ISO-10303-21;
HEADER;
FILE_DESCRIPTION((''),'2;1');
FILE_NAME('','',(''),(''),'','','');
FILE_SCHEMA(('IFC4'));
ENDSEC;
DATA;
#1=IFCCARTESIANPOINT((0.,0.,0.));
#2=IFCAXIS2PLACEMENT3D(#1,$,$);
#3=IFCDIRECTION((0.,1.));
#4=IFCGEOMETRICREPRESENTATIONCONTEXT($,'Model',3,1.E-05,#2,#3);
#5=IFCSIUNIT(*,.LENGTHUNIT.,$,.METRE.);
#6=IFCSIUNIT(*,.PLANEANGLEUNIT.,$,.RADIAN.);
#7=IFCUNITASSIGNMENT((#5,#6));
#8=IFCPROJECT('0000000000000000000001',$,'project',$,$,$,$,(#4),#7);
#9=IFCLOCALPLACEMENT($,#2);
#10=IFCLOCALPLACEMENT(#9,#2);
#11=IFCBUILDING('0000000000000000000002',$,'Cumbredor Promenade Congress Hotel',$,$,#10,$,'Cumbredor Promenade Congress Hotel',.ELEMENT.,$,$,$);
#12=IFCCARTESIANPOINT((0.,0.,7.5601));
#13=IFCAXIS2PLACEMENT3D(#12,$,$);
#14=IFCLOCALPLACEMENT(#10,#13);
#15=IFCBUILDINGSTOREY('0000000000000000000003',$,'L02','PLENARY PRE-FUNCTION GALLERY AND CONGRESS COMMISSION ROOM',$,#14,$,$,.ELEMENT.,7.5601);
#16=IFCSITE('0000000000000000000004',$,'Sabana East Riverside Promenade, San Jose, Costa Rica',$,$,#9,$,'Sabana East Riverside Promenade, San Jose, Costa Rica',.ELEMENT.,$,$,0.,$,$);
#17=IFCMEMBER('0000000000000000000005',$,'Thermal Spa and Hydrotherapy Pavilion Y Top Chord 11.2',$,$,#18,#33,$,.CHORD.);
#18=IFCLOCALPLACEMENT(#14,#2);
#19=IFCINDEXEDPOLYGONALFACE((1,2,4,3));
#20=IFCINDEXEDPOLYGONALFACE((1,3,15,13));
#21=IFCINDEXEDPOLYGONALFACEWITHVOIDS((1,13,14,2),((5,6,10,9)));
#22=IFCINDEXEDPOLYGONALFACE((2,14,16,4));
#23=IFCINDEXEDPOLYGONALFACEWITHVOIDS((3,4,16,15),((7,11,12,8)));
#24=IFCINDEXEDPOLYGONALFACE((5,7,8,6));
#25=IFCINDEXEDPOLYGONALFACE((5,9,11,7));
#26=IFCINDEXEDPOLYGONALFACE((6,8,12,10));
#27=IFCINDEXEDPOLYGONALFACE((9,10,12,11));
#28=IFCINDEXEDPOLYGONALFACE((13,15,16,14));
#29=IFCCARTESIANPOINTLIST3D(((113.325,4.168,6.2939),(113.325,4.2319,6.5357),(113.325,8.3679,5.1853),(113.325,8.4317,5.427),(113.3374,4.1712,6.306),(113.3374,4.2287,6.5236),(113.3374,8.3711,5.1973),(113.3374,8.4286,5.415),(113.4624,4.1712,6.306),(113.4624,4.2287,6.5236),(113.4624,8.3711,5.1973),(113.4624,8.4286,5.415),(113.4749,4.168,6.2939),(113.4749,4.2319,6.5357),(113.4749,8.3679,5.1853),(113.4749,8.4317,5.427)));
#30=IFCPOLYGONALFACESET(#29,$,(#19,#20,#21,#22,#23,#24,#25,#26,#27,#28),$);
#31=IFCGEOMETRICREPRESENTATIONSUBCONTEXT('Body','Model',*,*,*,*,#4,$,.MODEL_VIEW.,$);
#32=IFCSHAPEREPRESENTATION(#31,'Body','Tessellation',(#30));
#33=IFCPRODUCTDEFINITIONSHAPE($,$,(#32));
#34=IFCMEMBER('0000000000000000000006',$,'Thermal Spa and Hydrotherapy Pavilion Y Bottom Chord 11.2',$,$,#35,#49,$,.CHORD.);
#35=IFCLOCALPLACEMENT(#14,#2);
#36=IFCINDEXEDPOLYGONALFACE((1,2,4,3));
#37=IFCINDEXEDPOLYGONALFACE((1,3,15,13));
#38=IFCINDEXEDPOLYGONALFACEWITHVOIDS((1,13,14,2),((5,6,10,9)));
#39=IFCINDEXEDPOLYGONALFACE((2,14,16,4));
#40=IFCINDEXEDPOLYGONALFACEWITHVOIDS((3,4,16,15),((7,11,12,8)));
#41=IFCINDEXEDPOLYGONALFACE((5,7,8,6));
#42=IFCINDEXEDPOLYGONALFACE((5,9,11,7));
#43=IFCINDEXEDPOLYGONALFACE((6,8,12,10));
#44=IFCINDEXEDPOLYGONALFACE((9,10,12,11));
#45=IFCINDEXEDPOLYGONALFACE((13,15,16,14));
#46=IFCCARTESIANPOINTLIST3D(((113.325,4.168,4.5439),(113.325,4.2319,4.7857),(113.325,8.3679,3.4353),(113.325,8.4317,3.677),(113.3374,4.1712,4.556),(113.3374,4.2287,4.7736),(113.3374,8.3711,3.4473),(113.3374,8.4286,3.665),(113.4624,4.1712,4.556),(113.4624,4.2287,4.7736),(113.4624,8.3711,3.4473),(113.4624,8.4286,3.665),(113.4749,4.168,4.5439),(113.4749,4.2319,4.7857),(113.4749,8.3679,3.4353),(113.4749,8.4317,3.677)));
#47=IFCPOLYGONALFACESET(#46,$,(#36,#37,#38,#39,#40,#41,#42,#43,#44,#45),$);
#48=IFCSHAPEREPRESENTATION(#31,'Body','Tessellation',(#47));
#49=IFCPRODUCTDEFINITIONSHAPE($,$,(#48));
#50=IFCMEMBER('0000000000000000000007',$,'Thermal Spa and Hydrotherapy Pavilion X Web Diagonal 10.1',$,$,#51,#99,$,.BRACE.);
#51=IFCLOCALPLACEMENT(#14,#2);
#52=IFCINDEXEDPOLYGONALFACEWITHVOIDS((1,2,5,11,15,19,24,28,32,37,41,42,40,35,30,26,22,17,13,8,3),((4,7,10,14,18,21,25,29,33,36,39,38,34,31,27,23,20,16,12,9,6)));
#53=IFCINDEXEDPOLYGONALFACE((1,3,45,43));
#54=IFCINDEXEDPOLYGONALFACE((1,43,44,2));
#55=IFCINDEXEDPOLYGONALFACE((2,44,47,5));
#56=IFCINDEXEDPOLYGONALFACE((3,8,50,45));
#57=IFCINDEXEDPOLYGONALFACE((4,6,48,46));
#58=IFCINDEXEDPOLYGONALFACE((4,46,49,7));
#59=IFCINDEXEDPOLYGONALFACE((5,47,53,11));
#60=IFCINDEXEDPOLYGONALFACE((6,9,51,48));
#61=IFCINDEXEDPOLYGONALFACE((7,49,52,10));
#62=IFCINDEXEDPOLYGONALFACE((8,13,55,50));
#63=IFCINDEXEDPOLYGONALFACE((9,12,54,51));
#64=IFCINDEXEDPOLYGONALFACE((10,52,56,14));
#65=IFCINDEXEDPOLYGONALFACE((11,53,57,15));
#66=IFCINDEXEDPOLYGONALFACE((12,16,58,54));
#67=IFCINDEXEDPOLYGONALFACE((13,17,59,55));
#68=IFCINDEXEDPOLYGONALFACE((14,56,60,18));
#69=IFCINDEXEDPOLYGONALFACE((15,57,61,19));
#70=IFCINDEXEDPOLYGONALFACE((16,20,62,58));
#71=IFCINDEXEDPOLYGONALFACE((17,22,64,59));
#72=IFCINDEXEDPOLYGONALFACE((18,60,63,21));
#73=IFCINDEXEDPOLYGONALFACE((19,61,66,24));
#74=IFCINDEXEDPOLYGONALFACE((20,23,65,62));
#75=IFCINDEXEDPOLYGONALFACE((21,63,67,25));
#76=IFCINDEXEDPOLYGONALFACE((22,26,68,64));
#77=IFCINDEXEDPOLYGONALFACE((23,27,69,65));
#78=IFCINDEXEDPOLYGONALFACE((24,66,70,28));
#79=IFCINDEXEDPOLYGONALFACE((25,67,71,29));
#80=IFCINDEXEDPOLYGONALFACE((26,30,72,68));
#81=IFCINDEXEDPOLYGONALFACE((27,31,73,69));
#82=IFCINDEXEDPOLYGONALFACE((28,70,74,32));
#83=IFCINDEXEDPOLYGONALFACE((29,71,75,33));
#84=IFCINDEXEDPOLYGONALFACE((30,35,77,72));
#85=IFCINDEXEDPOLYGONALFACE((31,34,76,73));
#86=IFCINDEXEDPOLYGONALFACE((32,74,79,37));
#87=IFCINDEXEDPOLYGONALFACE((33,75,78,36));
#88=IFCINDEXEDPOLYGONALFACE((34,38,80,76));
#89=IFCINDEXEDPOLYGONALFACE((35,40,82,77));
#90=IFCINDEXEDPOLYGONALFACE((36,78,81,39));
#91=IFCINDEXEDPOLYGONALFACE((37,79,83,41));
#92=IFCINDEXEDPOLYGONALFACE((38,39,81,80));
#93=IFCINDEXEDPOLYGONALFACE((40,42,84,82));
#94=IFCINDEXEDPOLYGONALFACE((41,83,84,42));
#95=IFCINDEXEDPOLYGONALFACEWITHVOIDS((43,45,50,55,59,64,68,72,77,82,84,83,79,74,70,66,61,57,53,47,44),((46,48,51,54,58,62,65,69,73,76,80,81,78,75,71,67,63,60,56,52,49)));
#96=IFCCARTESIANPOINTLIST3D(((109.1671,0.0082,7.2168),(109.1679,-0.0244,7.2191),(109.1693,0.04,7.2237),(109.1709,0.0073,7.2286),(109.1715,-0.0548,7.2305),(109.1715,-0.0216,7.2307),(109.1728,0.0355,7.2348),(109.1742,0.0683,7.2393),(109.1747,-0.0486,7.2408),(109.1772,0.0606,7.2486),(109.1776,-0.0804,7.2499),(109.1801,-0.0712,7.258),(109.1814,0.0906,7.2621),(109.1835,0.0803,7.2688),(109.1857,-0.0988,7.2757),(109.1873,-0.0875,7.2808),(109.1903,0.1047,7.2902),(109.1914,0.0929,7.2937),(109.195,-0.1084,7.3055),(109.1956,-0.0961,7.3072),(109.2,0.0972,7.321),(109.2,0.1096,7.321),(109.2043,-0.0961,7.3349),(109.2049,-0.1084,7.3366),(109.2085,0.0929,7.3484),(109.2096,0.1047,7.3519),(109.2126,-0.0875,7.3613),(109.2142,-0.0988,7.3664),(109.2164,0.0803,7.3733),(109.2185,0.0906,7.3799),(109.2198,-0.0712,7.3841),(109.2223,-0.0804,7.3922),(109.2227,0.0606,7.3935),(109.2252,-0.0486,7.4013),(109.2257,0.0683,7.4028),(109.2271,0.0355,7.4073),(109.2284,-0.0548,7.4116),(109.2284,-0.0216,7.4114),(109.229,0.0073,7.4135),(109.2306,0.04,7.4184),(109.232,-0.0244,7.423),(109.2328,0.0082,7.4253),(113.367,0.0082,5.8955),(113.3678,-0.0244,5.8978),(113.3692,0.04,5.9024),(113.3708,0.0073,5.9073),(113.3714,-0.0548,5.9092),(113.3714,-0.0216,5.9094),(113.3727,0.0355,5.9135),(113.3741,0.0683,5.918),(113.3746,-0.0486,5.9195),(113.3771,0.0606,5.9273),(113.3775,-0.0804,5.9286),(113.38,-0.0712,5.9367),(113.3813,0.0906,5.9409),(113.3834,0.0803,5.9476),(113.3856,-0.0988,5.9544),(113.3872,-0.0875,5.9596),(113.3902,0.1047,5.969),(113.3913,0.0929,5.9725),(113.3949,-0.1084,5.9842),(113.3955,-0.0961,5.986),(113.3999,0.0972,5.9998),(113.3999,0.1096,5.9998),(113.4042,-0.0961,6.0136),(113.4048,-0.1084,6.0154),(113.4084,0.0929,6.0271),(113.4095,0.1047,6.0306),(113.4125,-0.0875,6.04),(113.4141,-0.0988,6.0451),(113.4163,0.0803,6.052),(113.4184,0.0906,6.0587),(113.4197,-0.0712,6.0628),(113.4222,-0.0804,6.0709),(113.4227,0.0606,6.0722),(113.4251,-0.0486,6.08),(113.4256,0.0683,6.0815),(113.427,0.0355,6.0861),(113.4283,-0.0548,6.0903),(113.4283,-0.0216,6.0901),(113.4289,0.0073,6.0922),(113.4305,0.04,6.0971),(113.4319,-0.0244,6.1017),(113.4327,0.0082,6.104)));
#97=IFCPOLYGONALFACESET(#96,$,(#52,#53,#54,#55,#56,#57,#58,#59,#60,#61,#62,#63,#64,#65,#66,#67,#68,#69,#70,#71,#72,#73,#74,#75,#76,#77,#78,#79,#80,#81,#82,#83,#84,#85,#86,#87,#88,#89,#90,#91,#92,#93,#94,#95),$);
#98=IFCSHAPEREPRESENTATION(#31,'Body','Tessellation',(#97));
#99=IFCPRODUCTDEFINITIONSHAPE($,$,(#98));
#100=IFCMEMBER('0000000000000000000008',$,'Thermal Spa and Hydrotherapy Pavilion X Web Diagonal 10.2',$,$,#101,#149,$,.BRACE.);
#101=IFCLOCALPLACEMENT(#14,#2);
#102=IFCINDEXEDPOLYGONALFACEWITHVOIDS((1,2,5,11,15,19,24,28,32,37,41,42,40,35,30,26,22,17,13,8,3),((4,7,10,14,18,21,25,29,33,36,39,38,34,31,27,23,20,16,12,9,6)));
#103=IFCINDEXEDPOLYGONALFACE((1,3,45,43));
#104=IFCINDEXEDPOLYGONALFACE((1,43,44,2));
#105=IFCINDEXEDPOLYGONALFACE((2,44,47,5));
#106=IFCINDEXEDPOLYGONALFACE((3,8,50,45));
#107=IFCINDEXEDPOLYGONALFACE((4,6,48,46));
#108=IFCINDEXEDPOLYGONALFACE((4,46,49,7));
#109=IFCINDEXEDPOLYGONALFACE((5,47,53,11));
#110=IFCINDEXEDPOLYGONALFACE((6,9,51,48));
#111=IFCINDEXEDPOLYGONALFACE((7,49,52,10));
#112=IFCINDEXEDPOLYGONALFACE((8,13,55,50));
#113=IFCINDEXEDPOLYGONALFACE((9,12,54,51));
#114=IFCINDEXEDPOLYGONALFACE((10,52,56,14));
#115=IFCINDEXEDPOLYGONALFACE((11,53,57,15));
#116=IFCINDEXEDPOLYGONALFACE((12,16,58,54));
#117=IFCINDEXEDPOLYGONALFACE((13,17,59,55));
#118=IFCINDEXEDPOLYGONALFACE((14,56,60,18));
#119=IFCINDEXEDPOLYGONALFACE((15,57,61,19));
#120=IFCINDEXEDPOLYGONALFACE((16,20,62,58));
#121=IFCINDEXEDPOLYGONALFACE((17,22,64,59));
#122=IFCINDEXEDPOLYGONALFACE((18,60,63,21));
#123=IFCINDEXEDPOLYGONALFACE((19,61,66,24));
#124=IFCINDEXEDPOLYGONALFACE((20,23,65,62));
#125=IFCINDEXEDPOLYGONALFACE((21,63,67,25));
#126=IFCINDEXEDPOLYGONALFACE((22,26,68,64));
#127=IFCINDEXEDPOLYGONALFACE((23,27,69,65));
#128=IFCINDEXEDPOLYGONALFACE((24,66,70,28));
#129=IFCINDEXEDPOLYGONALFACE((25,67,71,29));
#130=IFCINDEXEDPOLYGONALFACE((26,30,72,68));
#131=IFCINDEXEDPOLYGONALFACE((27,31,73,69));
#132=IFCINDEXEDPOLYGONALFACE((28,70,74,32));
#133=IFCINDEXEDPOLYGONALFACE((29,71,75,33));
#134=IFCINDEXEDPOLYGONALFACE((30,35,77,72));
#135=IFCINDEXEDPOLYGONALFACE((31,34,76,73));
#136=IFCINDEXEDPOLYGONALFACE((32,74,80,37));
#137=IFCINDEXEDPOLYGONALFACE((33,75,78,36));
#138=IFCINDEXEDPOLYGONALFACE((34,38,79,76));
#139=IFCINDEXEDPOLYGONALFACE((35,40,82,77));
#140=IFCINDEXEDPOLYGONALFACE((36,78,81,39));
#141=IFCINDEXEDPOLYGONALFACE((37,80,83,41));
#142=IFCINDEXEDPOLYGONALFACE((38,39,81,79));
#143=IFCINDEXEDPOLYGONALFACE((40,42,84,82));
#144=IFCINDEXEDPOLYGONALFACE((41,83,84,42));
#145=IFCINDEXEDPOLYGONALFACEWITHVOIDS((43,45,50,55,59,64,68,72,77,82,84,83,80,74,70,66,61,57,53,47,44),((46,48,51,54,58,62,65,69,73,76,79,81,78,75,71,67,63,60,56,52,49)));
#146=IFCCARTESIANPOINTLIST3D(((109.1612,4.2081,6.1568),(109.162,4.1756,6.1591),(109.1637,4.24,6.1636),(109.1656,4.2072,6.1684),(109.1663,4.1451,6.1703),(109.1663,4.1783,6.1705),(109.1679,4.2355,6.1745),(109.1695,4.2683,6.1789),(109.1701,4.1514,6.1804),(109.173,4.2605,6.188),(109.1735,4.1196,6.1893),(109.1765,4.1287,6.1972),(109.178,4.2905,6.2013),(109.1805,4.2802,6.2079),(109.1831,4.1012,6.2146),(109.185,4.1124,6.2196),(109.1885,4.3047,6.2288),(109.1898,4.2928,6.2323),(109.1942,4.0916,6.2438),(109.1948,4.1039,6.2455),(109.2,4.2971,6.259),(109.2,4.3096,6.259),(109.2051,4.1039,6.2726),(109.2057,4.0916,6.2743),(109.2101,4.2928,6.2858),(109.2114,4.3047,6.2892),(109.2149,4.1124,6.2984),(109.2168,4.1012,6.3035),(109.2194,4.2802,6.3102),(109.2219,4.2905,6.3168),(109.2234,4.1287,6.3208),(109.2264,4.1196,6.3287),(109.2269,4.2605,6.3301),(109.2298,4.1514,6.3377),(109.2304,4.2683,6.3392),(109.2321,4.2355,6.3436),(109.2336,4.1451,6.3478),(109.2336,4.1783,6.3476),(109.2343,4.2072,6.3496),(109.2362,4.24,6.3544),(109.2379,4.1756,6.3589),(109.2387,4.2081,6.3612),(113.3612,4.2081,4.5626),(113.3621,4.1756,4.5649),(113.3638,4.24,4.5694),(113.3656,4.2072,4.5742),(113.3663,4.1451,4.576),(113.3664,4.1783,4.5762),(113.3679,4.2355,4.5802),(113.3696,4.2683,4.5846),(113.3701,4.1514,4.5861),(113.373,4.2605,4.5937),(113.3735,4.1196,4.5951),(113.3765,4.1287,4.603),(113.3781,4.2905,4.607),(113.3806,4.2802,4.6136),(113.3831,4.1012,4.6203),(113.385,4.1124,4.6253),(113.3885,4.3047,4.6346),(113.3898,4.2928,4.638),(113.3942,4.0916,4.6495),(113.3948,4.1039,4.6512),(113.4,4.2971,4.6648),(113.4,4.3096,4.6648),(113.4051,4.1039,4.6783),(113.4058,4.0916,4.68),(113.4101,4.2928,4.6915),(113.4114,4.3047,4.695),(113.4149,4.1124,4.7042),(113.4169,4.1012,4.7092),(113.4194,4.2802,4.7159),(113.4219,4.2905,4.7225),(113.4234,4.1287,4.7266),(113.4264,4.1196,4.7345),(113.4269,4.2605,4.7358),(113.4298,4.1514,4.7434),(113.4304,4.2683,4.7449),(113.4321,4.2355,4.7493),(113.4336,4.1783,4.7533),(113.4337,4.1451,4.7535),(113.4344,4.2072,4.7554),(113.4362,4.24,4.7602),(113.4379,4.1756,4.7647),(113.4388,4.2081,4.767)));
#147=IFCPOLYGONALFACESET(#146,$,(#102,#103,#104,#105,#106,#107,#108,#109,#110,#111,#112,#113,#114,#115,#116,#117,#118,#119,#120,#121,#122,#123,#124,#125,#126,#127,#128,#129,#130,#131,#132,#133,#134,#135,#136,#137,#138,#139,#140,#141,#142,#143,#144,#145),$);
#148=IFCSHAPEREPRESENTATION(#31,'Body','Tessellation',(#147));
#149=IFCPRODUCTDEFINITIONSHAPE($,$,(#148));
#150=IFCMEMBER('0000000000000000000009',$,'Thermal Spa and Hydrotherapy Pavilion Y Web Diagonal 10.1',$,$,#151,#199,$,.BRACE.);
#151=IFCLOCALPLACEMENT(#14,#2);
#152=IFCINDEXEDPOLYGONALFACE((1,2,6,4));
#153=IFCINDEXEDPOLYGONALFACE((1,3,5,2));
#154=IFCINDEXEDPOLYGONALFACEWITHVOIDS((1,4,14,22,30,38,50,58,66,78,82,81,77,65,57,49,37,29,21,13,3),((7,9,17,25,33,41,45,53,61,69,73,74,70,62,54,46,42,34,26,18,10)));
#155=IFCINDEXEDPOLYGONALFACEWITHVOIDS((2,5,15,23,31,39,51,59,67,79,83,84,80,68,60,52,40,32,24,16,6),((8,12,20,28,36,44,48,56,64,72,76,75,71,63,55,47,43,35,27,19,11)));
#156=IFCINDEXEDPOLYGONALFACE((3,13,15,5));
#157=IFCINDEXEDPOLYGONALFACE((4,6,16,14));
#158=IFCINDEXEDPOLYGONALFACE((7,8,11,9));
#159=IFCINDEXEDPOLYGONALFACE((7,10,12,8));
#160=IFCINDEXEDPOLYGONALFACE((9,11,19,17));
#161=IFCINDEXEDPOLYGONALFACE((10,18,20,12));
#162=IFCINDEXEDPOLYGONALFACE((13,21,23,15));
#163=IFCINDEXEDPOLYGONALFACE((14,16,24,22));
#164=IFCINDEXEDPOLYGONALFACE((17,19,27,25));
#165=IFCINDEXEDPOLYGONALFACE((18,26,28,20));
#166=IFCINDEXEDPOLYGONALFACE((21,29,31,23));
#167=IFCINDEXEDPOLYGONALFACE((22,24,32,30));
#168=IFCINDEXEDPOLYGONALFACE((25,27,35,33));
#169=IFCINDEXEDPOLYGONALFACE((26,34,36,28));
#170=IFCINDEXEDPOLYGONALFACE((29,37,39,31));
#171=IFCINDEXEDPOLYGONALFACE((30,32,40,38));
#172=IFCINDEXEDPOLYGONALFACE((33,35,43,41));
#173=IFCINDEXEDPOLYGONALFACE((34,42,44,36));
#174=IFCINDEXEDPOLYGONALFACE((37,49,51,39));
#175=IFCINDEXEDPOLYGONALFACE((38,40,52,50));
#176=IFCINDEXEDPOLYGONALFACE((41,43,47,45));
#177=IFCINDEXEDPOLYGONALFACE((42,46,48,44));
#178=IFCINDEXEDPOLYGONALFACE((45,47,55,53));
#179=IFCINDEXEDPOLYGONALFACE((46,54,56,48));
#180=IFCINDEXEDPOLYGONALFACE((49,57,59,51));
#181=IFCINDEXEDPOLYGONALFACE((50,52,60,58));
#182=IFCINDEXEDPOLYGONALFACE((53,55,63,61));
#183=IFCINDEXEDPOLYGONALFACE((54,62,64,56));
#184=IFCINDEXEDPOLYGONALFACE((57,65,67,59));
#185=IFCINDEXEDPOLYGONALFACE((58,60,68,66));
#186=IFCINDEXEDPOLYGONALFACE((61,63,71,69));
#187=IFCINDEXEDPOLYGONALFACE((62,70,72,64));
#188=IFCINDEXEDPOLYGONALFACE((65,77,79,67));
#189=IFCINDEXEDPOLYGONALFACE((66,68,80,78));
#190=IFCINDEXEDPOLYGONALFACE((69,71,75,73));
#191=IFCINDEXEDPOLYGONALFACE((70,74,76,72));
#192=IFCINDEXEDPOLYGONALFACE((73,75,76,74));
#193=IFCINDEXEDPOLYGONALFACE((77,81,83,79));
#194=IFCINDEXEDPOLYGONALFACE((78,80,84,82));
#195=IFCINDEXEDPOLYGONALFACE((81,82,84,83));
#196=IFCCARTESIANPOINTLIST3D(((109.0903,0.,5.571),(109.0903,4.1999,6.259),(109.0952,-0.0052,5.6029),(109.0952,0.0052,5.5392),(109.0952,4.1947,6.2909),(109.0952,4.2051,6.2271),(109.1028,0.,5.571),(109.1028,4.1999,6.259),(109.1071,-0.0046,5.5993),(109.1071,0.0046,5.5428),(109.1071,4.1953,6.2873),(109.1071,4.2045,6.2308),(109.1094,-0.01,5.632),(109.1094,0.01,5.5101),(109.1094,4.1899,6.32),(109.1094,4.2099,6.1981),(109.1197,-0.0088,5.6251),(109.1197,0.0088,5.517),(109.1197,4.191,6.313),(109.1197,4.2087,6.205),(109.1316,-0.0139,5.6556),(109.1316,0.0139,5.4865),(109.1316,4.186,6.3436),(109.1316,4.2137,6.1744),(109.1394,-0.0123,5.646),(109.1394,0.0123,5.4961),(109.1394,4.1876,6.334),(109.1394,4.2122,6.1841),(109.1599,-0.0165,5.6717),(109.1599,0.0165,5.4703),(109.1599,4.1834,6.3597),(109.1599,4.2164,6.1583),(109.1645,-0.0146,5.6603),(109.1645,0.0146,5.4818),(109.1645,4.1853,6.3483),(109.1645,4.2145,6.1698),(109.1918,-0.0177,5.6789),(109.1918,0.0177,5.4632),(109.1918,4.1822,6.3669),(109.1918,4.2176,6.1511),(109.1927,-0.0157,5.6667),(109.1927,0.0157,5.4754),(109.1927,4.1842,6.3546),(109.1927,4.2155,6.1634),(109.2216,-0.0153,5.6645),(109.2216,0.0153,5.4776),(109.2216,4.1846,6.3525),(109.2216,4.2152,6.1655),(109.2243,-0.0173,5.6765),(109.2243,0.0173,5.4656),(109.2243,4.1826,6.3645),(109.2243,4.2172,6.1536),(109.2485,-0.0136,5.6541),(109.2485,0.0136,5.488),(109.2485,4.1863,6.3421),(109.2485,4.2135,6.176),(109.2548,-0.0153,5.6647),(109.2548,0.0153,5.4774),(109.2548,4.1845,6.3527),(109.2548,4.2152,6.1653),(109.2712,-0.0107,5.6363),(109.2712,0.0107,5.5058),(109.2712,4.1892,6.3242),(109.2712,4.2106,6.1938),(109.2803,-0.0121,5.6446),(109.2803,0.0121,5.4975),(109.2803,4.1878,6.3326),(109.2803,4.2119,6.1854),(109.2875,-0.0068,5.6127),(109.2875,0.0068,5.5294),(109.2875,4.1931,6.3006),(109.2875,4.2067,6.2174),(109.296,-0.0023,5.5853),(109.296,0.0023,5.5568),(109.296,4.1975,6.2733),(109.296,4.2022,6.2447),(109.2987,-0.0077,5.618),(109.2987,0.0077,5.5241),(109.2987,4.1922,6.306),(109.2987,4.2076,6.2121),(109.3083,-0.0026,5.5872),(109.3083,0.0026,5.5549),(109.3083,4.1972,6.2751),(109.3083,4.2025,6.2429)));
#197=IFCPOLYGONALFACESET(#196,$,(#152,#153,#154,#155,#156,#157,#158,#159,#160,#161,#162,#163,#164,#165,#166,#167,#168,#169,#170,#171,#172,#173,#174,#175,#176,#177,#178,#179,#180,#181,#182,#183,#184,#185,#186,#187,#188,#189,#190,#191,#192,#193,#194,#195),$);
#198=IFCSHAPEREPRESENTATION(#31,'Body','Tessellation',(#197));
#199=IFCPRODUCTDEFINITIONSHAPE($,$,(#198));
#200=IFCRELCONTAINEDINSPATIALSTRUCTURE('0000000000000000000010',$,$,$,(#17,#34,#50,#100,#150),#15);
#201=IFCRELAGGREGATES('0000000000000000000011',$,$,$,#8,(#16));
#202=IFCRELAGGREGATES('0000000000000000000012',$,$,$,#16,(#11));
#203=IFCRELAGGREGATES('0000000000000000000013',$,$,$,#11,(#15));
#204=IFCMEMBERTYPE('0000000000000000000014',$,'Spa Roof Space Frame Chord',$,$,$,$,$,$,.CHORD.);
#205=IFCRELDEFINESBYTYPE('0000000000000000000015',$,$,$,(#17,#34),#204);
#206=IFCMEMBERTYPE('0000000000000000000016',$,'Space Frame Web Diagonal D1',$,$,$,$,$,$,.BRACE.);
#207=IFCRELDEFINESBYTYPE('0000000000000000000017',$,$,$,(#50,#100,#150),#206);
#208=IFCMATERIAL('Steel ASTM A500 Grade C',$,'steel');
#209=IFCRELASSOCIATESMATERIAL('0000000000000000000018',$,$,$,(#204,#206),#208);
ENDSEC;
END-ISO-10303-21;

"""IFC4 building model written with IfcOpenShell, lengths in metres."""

from ifc_helpers import new_model, si_unit, direction, frame, origin, origin_2d, place, context, subcontext, project, spatial, hollow_rectangle, hollow_circle, extrude, material, material_profile, profile_set, type_object, element, save


model = new_model("IFC4")

# Units and contexts
model_context = context("Model", 3, precision=1e-05, world=origin(), true_north=direction((0.0, 1.0)))
body_context = subcontext(model_context, "Body", "Model", "MODEL_VIEW")
ifc_project = project(units=[si_unit("LENGTHUNIT", "METRE"), si_unit("PLANEANGLEUNIT", "RADIAN")], contexts=[model_context])

# Site, building, storey
site_placement = place(None, origin())
site = spatial("IfcSite", under=ifc_project, at=site_placement, Name="Sabana East Riverside Promenade, San Jose, Costa Rica", LongName="Sabana East Riverside Promenade, San Jose, Costa Rica", CompositionType="ELEMENT", RefElevation=0.0)
building_placement = place(site_placement, origin())
building = spatial("IfcBuilding", under=site, at=building_placement, Name="Cumbredor Promenade Congress Hotel", LongName="Cumbredor Promenade Congress Hotel", CompositionType="ELEMENT")
storey_placement = place(building_placement, frame((0.0, 0.0, 7.5601)))
storey = spatial("IfcBuildingStorey", under=building, at=storey_placement, Name="L02", Description="PLENARY PRE-FUNCTION GALLERY AND CONGRESS COMMISSION ROOM", CompositionType="ELEMENT", Elevation=7.5601)

# Members
ifc_material_1 = material(Name="Steel ASTM A500 Grade C", Category="steel")
ifc_material_profile_1 = material_profile(ifc_material_1, hollow_rectangle(XDim=0.1499, YDim=0.25, WallThickness=0.0125, at=origin_2d()), Name="HSS 250x150x12.5")
ifc_profile_set_1 = profile_set([ifc_material_profile_1], Name="Steel ASTM A500 Grade C")
member_type_1 = type_object("IfcMemberType", Name="Spa Roof Space Frame Chord", PredefinedType="CHORD", material=ifc_profile_set_1)
for number, where, z_axis, x_axis, name in (
    (1, (113.3999, 4.2, 6.4148), (0.0, 0.966882, -0.255224), (-1.0, 0.0, 0.0), "Thermal Spa and Hydrotherapy Pavilion Y Top Chord 11.2"),
    (2, (113.3999, 4.2, 4.6648), (0.0, 0.966882, -0.255224), (-1.0, 0.0, 0.0), "Thermal Spa and Hydrotherapy Pavilion Y Bottom Chord 11.2"),
):
    element("IfcMember", number, at=place(storey_placement, frame(where, z_axis=z_axis, x_axis=x_axis)), inside=storey, type_object=member_type_1, Name=name, PredefinedType="CHORD", context=body_context, shape_type="SweptSolid", body=[
        extrude(hollow_rectangle(XDim=0.1499, YDim=0.25, WallThickness=0.0125, at=origin_2d()), origin(), (0.0, 0.0, 1.0), 4.3438),
    ])
ifc_material_profile_2 = material_profile(ifc_material_1, hollow_circle(Radius=0.1096, WallThickness=0.0125, at=origin_2d()), Name="CHS 219.1x12.5")
ifc_profile_set_2 = profile_set([ifc_material_profile_2], Name="Steel ASTM A500 Grade C")
member_type_2 = type_object("IfcMemberType", Name="Space Frame Web Diagonal D1", PredefinedType="BRACE", material=ifc_profile_set_2)
member_1_placement = place(storey_placement, frame((109.2, 0.0, 7.321), z_axis=(0.953909, 0.0, -0.300096), x_axis=(0.0, 1.0, 0.0)))
element("IfcMember", 3, at=member_1_placement, inside=storey, type_object=member_type_2, Name="Thermal Spa and Hydrotherapy Pavilion X Web Diagonal 10.1", PredefinedType="BRACE", context=body_context, shape_type="SweptSolid", body=[
    extrude(hollow_circle(Radius=0.1096, WallThickness=0.0125, at=origin_2d()), origin(), (0.0, 0.0, 1.0), 4.4028),
])
member_2_placement = place(storey_placement, frame((109.2, 4.2, 6.259), z_axis=(0.934912, 0.0, -0.354879), x_axis=(0.0, 1.0, 0.0)))
element("IfcMember", 4, at=member_2_placement, inside=storey, type_object=member_type_2, Name="Thermal Spa and Hydrotherapy Pavilion X Web Diagonal 10.2", PredefinedType="BRACE", context=body_context, shape_type="SweptSolid", body=[
    extrude(hollow_circle(Radius=0.1096, WallThickness=0.0125, at=origin_2d()), origin(), (0.0, 0.0, 1.0), 4.4924),
])
member_3_placement = place(storey_placement, frame((109.2, 0.0, 5.571), z_axis=(0.0, 0.986847, 0.161654), x_axis=(-1.0, 0.0, 0.0)))
element("IfcMember", 5, at=member_3_placement, inside=storey, type_object=member_type_2, Name="Thermal Spa and Hydrotherapy Pavilion Y Web Diagonal 10.1", PredefinedType="BRACE", context=body_context, shape_type="SweptSolid", body=[
    extrude(hollow_circle(Radius=0.1096, WallThickness=0.0125, at=origin_2d()), origin(), (0.0, 0.0, 1.0), 4.2559),
])

save(model, "model.ifc")
